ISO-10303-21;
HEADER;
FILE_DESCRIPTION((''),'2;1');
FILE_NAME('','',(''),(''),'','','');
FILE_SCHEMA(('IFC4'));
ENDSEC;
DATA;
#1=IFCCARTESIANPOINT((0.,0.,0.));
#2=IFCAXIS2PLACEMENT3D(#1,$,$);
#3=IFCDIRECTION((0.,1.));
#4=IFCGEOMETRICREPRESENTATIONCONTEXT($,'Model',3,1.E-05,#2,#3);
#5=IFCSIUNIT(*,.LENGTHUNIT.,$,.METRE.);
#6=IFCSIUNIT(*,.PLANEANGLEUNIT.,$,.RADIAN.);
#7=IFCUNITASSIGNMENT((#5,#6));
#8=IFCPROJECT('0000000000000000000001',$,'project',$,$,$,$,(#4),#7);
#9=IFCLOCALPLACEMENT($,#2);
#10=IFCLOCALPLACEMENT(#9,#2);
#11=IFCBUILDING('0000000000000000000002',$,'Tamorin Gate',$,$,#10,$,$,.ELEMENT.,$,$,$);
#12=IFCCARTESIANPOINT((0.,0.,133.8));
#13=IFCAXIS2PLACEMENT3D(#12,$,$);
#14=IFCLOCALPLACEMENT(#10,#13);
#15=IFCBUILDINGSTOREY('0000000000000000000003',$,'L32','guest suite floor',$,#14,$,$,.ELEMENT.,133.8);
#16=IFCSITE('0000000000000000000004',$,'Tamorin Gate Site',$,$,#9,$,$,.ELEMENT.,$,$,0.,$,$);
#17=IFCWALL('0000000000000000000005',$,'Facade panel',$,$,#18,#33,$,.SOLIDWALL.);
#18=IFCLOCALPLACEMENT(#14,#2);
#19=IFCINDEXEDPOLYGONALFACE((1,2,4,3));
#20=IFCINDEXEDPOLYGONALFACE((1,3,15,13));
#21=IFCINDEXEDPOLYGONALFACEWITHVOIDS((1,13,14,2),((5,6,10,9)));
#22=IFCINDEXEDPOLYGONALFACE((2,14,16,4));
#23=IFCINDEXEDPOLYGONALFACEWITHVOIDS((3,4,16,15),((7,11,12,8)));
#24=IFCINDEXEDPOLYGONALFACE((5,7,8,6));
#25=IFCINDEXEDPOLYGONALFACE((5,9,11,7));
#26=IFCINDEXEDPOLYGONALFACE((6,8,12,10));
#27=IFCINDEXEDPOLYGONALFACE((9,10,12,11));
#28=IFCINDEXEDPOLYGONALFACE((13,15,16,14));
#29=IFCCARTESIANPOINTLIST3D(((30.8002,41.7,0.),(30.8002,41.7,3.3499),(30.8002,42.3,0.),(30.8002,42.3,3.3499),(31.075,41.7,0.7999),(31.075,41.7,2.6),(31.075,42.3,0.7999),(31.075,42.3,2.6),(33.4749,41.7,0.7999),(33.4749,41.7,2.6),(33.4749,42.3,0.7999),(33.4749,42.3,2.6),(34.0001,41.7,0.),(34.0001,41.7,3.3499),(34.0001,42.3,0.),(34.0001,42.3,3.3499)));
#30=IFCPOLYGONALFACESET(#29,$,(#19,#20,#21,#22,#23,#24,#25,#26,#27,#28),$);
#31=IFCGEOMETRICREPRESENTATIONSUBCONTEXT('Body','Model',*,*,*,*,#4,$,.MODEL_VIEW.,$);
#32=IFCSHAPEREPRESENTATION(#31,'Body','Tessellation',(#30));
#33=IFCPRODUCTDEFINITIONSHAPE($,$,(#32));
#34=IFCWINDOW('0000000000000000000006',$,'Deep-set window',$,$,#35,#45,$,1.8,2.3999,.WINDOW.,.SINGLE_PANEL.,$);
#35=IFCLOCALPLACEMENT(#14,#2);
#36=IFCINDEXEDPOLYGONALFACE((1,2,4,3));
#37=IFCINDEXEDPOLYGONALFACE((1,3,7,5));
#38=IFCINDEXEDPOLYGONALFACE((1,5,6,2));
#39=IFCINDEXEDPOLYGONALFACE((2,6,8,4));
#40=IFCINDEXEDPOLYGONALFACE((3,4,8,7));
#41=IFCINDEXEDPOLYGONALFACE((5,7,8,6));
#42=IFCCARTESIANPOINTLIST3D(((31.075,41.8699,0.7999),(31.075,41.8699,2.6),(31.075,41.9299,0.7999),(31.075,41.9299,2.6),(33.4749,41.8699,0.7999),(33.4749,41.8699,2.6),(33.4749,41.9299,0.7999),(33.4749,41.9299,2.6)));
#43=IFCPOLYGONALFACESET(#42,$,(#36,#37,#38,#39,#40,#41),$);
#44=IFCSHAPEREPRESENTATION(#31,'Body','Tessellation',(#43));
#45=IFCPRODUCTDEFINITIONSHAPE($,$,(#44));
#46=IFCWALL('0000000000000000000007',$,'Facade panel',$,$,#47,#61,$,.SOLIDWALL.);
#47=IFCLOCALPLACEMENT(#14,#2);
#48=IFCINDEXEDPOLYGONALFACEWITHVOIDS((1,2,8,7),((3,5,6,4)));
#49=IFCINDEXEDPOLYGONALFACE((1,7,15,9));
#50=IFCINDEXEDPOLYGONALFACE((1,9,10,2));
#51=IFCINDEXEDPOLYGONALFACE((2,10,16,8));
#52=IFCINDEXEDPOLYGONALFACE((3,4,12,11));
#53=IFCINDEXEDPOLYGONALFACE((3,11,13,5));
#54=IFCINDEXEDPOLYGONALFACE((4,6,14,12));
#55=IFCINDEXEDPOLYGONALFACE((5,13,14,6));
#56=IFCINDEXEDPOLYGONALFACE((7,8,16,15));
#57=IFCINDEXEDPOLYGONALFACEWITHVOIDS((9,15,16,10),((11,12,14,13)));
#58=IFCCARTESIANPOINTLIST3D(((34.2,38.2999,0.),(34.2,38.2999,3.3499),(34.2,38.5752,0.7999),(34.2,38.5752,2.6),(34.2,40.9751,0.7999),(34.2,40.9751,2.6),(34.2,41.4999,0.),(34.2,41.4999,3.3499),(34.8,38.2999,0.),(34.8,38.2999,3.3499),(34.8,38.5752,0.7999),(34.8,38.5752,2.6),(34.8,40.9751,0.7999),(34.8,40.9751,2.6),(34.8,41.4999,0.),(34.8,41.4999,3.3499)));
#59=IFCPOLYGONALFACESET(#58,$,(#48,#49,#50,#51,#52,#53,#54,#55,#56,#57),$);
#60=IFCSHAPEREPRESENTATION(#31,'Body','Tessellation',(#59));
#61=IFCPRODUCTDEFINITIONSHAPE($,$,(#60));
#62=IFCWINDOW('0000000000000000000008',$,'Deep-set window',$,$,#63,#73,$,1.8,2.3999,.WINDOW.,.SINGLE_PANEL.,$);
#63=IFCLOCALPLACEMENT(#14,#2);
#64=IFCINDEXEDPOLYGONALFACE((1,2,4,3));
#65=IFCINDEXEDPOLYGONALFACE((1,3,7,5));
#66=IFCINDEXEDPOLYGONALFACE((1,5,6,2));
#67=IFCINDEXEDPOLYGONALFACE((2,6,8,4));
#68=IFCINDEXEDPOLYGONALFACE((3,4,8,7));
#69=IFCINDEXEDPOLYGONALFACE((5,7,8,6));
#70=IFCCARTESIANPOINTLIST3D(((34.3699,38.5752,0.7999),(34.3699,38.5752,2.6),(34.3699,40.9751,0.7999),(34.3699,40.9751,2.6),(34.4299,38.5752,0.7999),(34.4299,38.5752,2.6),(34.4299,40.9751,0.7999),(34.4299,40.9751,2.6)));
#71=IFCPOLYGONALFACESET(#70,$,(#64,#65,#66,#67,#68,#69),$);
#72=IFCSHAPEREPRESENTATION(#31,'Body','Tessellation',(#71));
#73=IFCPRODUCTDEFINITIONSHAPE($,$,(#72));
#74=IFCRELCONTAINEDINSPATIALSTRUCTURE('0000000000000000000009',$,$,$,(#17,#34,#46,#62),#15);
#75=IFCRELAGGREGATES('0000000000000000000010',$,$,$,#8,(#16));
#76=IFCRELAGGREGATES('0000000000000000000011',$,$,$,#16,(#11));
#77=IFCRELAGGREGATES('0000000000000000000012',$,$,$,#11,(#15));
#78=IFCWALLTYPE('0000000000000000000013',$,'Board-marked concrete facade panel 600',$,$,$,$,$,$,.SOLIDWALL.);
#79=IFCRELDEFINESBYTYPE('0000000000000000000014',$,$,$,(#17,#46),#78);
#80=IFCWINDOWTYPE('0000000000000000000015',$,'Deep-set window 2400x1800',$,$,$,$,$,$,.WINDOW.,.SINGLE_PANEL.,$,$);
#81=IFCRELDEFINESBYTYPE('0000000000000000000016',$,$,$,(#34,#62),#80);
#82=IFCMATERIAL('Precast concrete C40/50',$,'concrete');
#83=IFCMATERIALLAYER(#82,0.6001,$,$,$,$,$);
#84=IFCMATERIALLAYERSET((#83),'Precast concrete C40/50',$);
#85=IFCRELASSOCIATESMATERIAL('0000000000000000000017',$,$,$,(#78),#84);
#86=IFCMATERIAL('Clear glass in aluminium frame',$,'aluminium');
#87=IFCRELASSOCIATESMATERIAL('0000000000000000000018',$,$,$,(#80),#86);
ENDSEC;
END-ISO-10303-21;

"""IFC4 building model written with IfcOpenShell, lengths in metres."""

from ifc_helpers import new_model, si_unit, direction, frame, frame_2d, origin, place, context, subcontext, project, spatial, rectangle, extrude, material, layer, layer_set, type_object, element, fill, save


model = new_model("IFC4")

# Units and contexts
model_context = context("Model", 3, precision=1e-05, world=origin(), true_north=direction((0.0, 1.0)))
body_context = subcontext(model_context, "Body", "Model", "MODEL_VIEW")
ifc_project = project(units=[si_unit("LENGTHUNIT", "METRE"), si_unit("PLANEANGLEUNIT", "RADIAN")], contexts=[model_context])

# Site, building, storey
site_placement = place(None, origin())
site = spatial("IfcSite", under=ifc_project, at=site_placement, Name="Tamorin Gate Site", CompositionType="ELEMENT", RefElevation=0.0)
building_placement = place(site_placement, origin())
building = spatial("IfcBuilding", under=site, at=building_placement, Name="Tamorin Gate", CompositionType="ELEMENT")
storey_placement = place(building_placement, frame((0.0, 0.0, 133.8)))
storey = spatial("IfcBuildingStorey", under=building, at=storey_placement, Name="L32", Description="guest suite floor", CompositionType="ELEMENT", Elevation=133.8)

# Shared definitions
ifc_material_1 = material(Name="Precast concrete C40/50", Category="concrete")
ifc_layer_1 = layer(ifc_material_1, 0.6001)
ifc_layer_set_1 = layer_set([ifc_layer_1], Name="Precast concrete C40/50")
wall_type = type_object("IfcWallType", Name="Board-marked concrete facade panel 600", PredefinedType="SOLIDWALL", material=ifc_layer_set_1)

# Walls, openings, windows
wall_1_placement = place(storey_placement, frame((30.8, 42.0, 0.0), z_axis=(0.0, 0.0, 1.0), x_axis=(1.0, 0.0, 0.0)))
wall_1 = element("IfcWall", 1, at=wall_1_placement, inside=storey, type_object=wall_type, Name="Facade panel", PredefinedType="SOLIDWALL", context=body_context, shape_type="SweptSolid", body=[
    extrude(rectangle(XDim=3.2, YDim=0.6001, at=frame_2d((1.6001, 0.0))), origin(), (0.0, 0.0, 1.0), 3.3499),
])
opening_1_placement = place(wall_1_placement, frame((0.2749, 0.0, 0.8)))
opening_1 = element("IfcOpeningElement", 2, at=opening_1_placement, cuts=wall_1, PredefinedType="OPENING", context=body_context, shape_type="SweptSolid", body=[
    extrude(rectangle(XDim=2.3999, YDim=1.8, at=frame_2d((1.2, 0.8999))), frame((0.0, 0.3101, 0.0), z_axis=(0.0, -1.0, 0.0), x_axis=(1.0, 0.0, 0.0)), (0.0, 0.0, 1.0), 0.6201),
])
ifc_material_2 = material(Name="Clear glass in aluminium frame", Category="aluminium")
window_type = type_object("IfcWindowType", Name="Deep-set window 2400x1800", PartitioningType="SINGLE_PANEL", PredefinedType="WINDOW", material=ifc_material_2)
window_1_placement = place(opening_1_placement, origin())
window_1 = element("IfcWindow", 3, at=window_1_placement, inside=storey, type_object=window_type, Name="Deep-set window", OverallHeight=1.8, OverallWidth=2.3999, PartitioningType="SINGLE_PANEL", PredefinedType="WINDOW", context=body_context, shape_type="SweptSolid", body=[
    extrude(rectangle(XDim=2.3999, YDim=1.8, at=frame_2d((1.2, 0.8999))), frame((0.0, -0.0701, 0.0), z_axis=(0.0, -1.0, 0.0), x_axis=(1.0, 0.0, 0.0)), (0.0, 0.0, 1.0), 0.0601),
])
fill(opening_1, window_1)
wall_2_placement = place(storey_placement, frame((34.5, 41.5, 0.0), z_axis=(0.0, 0.0, 1.0), x_axis=(0.0, -1.0, 0.0)))
wall_2 = element("IfcWall", 4, at=wall_2_placement, inside=storey, type_object=wall_type, Name="Facade panel", PredefinedType="SOLIDWALL", context=body_context, shape_type="SweptSolid", body=[
    extrude(rectangle(XDim=3.2, YDim=0.6001, at=frame_2d((1.6001, 0.0))), origin(), (0.0, 0.0, 1.0), 3.3499),
])
opening_2_placement = place(wall_2_placement, frame((0.5249, 0.0, 0.8)))
opening_2 = element("IfcOpeningElement", 5, at=opening_2_placement, cuts=wall_2, PredefinedType="OPENING", context=body_context, shape_type="SweptSolid", body=[
    extrude(rectangle(XDim=2.3999, YDim=1.8, at=frame_2d((1.2, 0.8999))), frame((0.0, 0.3101, 0.0), z_axis=(0.0, -1.0, 0.0), x_axis=(1.0, 0.0, 0.0)), (0.0, 0.0, 1.0), 0.6201),
])
window_2_placement = place(opening_2_placement, origin())
window_2 = element("IfcWindow", 6, at=window_2_placement, inside=storey, type_object=window_type, Name="Deep-set window", OverallHeight=1.8, OverallWidth=2.3999, PartitioningType="SINGLE_PANEL", PredefinedType="WINDOW", context=body_context, shape_type="SweptSolid", body=[
    extrude(rectangle(XDim=2.3999, YDim=1.8, at=frame_2d((1.2, 0.8999))), frame((0.0, -0.0701, 0.0), z_axis=(0.0, -1.0, 0.0), x_axis=(1.0, 0.0, 0.0)), (0.0, 0.0, 1.0), 0.0601),
])
fill(opening_2, window_2)

save(model, "model.ifc")
